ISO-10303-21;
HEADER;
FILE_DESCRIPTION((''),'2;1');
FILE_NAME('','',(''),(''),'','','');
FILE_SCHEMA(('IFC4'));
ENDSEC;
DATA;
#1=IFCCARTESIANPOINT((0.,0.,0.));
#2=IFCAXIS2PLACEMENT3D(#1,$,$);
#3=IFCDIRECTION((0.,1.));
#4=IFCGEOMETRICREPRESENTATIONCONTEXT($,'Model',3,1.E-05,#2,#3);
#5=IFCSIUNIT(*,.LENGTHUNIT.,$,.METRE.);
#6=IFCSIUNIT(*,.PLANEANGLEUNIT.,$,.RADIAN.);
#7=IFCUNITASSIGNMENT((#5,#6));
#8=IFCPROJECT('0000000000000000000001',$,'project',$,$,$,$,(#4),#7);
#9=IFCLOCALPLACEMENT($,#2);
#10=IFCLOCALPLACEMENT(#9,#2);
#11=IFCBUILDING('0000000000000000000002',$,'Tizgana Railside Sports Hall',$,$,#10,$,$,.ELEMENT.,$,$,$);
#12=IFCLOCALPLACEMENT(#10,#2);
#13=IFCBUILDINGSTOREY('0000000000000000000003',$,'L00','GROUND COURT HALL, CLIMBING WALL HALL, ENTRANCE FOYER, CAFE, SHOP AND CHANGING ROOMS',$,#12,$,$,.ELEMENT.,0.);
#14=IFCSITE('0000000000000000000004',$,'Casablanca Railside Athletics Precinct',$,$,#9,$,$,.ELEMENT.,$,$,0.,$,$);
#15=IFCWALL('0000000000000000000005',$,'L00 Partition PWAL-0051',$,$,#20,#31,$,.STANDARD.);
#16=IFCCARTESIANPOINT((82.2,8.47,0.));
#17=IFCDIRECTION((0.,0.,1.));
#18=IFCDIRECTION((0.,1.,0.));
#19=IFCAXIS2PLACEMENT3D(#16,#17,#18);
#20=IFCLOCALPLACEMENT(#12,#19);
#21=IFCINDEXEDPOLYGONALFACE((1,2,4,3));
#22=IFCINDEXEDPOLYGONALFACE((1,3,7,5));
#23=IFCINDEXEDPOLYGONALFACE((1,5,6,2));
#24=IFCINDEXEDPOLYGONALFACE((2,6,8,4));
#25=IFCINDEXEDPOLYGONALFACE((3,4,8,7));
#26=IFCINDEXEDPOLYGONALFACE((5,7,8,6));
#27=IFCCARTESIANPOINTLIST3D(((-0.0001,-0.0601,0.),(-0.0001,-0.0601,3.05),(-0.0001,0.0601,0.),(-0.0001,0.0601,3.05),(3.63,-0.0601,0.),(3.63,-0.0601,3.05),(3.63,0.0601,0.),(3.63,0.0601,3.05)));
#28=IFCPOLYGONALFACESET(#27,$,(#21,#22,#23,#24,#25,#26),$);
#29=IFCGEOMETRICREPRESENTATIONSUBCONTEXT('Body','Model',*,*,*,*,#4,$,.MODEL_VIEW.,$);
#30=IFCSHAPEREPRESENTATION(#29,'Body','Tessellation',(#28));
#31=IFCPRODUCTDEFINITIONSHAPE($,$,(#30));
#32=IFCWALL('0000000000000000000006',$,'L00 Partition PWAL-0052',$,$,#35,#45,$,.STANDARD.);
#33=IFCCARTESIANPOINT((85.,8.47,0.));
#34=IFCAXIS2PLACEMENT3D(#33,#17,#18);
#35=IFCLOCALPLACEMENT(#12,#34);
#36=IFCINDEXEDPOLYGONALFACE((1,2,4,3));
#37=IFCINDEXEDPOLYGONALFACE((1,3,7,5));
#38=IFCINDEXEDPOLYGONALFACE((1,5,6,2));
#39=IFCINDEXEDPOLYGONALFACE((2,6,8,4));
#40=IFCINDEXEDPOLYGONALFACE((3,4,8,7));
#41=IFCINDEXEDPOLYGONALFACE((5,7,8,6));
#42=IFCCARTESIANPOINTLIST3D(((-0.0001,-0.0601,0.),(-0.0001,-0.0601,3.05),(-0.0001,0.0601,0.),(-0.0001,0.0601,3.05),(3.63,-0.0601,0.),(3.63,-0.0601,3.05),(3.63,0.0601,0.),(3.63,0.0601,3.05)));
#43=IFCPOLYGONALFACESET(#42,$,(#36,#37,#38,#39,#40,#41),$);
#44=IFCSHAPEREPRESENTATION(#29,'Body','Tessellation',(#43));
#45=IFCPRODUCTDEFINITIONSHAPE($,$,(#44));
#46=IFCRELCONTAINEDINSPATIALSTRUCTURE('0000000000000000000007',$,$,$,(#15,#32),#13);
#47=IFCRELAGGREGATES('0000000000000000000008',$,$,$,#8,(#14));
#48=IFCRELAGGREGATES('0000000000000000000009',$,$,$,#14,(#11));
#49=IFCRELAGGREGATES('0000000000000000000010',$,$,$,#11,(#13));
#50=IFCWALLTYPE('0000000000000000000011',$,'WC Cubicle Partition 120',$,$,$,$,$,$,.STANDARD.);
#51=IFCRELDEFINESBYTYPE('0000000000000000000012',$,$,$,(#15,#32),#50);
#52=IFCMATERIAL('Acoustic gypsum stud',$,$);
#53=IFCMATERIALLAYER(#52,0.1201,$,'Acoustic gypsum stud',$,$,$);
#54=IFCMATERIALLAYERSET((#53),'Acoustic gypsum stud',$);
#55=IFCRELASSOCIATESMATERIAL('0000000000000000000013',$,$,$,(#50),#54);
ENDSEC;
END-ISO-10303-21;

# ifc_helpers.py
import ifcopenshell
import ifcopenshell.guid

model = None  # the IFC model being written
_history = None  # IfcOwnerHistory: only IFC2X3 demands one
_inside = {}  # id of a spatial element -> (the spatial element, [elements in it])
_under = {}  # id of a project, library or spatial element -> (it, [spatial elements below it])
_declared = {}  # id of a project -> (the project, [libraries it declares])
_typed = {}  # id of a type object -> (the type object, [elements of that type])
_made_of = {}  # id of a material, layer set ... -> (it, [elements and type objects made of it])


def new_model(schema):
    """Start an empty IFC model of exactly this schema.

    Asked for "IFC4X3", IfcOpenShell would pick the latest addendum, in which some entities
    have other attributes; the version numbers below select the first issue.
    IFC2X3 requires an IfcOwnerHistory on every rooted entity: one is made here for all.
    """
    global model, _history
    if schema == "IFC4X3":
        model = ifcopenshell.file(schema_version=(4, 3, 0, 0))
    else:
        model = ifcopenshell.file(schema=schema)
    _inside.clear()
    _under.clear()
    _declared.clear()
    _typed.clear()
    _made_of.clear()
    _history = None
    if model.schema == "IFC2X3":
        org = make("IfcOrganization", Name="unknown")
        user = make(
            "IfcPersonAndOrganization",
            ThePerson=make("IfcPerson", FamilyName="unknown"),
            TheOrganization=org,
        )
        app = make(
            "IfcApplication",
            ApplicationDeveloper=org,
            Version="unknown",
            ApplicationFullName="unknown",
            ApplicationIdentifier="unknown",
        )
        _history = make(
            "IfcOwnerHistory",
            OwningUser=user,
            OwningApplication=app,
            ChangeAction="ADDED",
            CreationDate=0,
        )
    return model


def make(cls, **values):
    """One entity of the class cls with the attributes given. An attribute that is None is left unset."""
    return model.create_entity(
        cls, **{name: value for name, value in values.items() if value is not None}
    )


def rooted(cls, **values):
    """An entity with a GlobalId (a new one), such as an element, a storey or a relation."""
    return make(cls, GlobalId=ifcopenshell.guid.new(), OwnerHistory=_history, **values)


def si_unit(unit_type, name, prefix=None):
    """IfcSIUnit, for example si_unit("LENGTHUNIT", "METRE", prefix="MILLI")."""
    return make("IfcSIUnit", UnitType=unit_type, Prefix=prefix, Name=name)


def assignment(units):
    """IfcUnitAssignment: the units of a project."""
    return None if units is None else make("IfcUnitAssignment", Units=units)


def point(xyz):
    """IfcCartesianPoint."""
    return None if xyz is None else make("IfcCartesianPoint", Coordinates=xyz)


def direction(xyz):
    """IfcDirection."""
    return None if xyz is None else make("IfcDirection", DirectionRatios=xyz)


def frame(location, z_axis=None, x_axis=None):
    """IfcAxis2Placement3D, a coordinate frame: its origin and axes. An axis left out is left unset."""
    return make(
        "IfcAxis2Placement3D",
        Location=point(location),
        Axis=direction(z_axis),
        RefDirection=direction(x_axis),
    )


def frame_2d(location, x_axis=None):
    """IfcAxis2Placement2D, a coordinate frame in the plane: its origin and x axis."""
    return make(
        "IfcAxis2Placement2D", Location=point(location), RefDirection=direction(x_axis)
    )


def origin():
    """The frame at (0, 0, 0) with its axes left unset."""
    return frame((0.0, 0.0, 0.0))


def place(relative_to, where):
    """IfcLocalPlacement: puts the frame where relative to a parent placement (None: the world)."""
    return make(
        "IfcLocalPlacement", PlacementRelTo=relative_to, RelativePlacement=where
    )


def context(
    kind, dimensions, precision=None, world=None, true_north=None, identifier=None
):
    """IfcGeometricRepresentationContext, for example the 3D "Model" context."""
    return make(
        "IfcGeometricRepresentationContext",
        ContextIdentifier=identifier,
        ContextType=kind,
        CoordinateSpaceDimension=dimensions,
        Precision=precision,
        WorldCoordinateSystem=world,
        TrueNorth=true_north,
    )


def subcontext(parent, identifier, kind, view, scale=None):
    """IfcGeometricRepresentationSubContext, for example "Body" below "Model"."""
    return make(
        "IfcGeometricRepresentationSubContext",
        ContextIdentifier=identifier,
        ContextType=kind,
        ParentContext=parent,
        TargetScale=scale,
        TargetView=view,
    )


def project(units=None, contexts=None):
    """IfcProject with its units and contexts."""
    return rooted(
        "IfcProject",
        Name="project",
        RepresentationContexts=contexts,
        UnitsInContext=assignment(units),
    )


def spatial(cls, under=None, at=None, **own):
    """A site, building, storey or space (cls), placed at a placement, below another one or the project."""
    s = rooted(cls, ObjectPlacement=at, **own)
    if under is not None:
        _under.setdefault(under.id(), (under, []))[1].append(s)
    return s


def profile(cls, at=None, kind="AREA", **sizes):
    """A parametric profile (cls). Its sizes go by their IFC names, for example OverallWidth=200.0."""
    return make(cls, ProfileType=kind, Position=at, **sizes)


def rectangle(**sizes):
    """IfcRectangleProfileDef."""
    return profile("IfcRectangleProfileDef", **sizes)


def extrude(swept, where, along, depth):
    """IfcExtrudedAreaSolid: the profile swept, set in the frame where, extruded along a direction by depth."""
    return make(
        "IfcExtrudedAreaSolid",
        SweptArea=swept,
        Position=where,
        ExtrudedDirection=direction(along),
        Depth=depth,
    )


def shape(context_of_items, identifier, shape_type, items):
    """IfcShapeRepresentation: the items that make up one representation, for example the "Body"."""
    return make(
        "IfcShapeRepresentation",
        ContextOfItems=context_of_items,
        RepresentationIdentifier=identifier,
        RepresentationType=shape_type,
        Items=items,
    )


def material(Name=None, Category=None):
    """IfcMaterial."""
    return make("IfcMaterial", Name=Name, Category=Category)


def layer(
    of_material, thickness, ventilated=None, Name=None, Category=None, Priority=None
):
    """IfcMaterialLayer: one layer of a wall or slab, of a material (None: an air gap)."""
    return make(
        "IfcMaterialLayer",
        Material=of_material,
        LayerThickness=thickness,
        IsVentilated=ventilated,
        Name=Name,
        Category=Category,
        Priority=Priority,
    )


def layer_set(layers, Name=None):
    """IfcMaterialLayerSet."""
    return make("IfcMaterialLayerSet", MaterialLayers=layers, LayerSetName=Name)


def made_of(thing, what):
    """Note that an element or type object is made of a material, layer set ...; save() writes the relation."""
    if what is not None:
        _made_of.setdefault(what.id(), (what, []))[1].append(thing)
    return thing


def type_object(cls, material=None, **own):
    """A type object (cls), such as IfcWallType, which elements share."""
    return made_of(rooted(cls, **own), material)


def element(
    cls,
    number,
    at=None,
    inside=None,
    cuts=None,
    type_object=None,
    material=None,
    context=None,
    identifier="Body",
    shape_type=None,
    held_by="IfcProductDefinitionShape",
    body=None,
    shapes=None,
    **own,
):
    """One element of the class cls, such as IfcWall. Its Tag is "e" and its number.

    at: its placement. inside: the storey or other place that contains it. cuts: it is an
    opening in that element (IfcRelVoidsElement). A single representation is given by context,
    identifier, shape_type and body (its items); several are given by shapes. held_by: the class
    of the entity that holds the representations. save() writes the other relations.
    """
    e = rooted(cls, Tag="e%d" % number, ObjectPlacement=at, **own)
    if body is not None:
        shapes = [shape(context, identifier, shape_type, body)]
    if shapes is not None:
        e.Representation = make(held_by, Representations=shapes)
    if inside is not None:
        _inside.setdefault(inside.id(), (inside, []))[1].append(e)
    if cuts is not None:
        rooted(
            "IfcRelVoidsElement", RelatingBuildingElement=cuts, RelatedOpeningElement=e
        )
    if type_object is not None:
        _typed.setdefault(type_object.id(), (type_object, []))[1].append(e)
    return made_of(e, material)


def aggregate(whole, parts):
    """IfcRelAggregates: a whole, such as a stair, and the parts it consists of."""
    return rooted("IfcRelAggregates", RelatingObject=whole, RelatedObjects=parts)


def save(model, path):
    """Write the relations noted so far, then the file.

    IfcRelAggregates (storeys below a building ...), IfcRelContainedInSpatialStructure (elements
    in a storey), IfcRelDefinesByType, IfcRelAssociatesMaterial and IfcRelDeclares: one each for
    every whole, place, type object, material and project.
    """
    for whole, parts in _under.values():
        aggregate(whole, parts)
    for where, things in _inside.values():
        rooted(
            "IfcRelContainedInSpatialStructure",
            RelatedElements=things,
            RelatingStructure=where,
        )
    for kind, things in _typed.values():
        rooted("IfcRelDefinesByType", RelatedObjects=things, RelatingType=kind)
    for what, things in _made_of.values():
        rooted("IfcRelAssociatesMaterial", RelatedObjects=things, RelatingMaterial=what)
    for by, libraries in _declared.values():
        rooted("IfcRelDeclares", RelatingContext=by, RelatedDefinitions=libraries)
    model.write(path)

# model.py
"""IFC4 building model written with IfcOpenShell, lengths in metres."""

from ifc_helpers import new_model, si_unit, direction, frame, frame_2d, origin, place, context, subcontext, project, spatial, rectangle, extrude, material, layer, layer_set, type_object, element, save


model = new_model("IFC4")

# Units and contexts
model_context = context("Model", 3, precision=1e-05, world=origin(), true_north=direction((0.0, 1.0)))
body_context = subcontext(model_context, "Body", "Model", "MODEL_VIEW")
ifc_project = project(units=[si_unit("LENGTHUNIT", "METRE"), si_unit("PLANEANGLEUNIT", "RADIAN")], contexts=[model_context])

# Site, building, storey
site_placement = place(None, origin())
site = spatial("IfcSite", under=ifc_project, at=site_placement, Name="Casablanca Railside Athletics Precinct", CompositionType="ELEMENT", RefElevation=0.0)
building_placement = place(site_placement, origin())
building = spatial("IfcBuilding", under=site, at=building_placement, Name="Tizgana Railside Sports Hall", CompositionType="ELEMENT")
storey_placement = place(building_placement, origin())
storey = spatial("IfcBuildingStorey", under=building, at=storey_placement, Name="L00", Description="GROUND COURT HALL, CLIMBING WALL HALL, ENTRANCE FOYER, CAFE, SHOP AND CHANGING ROOMS", CompositionType="ELEMENT", Elevation=0.0)

# Shared definitions
ifc_material_1 = material(Name="Acoustic gypsum stud")

# Walls
ifc_layer_1 = layer(ifc_material_1, 0.1201, Name="Acoustic gypsum stud")
ifc_layer_set_1 = layer_set([ifc_layer_1], Name="Acoustic gypsum stud")
wall_type_1 = type_object("IfcWallType", Name="WC Cubicle Partition 120", PredefinedType="STANDARD", material=ifc_layer_set_1)
for number, where, z_axis, x_axis, name in (
    (1, (82.2, 8.47, 0.0), (0.0, 0.0, 1.0), (0.0, 1.0, 0.0), "L00 Partition PWAL-0051"),
    (2, (85.0, 8.47, 0.0), (0.0, 0.0, 1.0), (0.0, 1.0, 0.0), "L00 Partition PWAL-0052"),
):
    element("IfcWall", number, at=place(storey_placement, frame(where, z_axis=z_axis, x_axis=x_axis)), inside=storey, type_object=wall_type_1, Name=name, PredefinedType="STANDARD", context=body_context, shape_type="SweptSolid", body=[
        extrude(rectangle(XDim=3.6301, YDim=0.1201, at=frame_2d((1.8149, 0.0))), origin(), (0.0, 0.0, 1.0), 3.05),
    ])

save(model, "model.ifc")
